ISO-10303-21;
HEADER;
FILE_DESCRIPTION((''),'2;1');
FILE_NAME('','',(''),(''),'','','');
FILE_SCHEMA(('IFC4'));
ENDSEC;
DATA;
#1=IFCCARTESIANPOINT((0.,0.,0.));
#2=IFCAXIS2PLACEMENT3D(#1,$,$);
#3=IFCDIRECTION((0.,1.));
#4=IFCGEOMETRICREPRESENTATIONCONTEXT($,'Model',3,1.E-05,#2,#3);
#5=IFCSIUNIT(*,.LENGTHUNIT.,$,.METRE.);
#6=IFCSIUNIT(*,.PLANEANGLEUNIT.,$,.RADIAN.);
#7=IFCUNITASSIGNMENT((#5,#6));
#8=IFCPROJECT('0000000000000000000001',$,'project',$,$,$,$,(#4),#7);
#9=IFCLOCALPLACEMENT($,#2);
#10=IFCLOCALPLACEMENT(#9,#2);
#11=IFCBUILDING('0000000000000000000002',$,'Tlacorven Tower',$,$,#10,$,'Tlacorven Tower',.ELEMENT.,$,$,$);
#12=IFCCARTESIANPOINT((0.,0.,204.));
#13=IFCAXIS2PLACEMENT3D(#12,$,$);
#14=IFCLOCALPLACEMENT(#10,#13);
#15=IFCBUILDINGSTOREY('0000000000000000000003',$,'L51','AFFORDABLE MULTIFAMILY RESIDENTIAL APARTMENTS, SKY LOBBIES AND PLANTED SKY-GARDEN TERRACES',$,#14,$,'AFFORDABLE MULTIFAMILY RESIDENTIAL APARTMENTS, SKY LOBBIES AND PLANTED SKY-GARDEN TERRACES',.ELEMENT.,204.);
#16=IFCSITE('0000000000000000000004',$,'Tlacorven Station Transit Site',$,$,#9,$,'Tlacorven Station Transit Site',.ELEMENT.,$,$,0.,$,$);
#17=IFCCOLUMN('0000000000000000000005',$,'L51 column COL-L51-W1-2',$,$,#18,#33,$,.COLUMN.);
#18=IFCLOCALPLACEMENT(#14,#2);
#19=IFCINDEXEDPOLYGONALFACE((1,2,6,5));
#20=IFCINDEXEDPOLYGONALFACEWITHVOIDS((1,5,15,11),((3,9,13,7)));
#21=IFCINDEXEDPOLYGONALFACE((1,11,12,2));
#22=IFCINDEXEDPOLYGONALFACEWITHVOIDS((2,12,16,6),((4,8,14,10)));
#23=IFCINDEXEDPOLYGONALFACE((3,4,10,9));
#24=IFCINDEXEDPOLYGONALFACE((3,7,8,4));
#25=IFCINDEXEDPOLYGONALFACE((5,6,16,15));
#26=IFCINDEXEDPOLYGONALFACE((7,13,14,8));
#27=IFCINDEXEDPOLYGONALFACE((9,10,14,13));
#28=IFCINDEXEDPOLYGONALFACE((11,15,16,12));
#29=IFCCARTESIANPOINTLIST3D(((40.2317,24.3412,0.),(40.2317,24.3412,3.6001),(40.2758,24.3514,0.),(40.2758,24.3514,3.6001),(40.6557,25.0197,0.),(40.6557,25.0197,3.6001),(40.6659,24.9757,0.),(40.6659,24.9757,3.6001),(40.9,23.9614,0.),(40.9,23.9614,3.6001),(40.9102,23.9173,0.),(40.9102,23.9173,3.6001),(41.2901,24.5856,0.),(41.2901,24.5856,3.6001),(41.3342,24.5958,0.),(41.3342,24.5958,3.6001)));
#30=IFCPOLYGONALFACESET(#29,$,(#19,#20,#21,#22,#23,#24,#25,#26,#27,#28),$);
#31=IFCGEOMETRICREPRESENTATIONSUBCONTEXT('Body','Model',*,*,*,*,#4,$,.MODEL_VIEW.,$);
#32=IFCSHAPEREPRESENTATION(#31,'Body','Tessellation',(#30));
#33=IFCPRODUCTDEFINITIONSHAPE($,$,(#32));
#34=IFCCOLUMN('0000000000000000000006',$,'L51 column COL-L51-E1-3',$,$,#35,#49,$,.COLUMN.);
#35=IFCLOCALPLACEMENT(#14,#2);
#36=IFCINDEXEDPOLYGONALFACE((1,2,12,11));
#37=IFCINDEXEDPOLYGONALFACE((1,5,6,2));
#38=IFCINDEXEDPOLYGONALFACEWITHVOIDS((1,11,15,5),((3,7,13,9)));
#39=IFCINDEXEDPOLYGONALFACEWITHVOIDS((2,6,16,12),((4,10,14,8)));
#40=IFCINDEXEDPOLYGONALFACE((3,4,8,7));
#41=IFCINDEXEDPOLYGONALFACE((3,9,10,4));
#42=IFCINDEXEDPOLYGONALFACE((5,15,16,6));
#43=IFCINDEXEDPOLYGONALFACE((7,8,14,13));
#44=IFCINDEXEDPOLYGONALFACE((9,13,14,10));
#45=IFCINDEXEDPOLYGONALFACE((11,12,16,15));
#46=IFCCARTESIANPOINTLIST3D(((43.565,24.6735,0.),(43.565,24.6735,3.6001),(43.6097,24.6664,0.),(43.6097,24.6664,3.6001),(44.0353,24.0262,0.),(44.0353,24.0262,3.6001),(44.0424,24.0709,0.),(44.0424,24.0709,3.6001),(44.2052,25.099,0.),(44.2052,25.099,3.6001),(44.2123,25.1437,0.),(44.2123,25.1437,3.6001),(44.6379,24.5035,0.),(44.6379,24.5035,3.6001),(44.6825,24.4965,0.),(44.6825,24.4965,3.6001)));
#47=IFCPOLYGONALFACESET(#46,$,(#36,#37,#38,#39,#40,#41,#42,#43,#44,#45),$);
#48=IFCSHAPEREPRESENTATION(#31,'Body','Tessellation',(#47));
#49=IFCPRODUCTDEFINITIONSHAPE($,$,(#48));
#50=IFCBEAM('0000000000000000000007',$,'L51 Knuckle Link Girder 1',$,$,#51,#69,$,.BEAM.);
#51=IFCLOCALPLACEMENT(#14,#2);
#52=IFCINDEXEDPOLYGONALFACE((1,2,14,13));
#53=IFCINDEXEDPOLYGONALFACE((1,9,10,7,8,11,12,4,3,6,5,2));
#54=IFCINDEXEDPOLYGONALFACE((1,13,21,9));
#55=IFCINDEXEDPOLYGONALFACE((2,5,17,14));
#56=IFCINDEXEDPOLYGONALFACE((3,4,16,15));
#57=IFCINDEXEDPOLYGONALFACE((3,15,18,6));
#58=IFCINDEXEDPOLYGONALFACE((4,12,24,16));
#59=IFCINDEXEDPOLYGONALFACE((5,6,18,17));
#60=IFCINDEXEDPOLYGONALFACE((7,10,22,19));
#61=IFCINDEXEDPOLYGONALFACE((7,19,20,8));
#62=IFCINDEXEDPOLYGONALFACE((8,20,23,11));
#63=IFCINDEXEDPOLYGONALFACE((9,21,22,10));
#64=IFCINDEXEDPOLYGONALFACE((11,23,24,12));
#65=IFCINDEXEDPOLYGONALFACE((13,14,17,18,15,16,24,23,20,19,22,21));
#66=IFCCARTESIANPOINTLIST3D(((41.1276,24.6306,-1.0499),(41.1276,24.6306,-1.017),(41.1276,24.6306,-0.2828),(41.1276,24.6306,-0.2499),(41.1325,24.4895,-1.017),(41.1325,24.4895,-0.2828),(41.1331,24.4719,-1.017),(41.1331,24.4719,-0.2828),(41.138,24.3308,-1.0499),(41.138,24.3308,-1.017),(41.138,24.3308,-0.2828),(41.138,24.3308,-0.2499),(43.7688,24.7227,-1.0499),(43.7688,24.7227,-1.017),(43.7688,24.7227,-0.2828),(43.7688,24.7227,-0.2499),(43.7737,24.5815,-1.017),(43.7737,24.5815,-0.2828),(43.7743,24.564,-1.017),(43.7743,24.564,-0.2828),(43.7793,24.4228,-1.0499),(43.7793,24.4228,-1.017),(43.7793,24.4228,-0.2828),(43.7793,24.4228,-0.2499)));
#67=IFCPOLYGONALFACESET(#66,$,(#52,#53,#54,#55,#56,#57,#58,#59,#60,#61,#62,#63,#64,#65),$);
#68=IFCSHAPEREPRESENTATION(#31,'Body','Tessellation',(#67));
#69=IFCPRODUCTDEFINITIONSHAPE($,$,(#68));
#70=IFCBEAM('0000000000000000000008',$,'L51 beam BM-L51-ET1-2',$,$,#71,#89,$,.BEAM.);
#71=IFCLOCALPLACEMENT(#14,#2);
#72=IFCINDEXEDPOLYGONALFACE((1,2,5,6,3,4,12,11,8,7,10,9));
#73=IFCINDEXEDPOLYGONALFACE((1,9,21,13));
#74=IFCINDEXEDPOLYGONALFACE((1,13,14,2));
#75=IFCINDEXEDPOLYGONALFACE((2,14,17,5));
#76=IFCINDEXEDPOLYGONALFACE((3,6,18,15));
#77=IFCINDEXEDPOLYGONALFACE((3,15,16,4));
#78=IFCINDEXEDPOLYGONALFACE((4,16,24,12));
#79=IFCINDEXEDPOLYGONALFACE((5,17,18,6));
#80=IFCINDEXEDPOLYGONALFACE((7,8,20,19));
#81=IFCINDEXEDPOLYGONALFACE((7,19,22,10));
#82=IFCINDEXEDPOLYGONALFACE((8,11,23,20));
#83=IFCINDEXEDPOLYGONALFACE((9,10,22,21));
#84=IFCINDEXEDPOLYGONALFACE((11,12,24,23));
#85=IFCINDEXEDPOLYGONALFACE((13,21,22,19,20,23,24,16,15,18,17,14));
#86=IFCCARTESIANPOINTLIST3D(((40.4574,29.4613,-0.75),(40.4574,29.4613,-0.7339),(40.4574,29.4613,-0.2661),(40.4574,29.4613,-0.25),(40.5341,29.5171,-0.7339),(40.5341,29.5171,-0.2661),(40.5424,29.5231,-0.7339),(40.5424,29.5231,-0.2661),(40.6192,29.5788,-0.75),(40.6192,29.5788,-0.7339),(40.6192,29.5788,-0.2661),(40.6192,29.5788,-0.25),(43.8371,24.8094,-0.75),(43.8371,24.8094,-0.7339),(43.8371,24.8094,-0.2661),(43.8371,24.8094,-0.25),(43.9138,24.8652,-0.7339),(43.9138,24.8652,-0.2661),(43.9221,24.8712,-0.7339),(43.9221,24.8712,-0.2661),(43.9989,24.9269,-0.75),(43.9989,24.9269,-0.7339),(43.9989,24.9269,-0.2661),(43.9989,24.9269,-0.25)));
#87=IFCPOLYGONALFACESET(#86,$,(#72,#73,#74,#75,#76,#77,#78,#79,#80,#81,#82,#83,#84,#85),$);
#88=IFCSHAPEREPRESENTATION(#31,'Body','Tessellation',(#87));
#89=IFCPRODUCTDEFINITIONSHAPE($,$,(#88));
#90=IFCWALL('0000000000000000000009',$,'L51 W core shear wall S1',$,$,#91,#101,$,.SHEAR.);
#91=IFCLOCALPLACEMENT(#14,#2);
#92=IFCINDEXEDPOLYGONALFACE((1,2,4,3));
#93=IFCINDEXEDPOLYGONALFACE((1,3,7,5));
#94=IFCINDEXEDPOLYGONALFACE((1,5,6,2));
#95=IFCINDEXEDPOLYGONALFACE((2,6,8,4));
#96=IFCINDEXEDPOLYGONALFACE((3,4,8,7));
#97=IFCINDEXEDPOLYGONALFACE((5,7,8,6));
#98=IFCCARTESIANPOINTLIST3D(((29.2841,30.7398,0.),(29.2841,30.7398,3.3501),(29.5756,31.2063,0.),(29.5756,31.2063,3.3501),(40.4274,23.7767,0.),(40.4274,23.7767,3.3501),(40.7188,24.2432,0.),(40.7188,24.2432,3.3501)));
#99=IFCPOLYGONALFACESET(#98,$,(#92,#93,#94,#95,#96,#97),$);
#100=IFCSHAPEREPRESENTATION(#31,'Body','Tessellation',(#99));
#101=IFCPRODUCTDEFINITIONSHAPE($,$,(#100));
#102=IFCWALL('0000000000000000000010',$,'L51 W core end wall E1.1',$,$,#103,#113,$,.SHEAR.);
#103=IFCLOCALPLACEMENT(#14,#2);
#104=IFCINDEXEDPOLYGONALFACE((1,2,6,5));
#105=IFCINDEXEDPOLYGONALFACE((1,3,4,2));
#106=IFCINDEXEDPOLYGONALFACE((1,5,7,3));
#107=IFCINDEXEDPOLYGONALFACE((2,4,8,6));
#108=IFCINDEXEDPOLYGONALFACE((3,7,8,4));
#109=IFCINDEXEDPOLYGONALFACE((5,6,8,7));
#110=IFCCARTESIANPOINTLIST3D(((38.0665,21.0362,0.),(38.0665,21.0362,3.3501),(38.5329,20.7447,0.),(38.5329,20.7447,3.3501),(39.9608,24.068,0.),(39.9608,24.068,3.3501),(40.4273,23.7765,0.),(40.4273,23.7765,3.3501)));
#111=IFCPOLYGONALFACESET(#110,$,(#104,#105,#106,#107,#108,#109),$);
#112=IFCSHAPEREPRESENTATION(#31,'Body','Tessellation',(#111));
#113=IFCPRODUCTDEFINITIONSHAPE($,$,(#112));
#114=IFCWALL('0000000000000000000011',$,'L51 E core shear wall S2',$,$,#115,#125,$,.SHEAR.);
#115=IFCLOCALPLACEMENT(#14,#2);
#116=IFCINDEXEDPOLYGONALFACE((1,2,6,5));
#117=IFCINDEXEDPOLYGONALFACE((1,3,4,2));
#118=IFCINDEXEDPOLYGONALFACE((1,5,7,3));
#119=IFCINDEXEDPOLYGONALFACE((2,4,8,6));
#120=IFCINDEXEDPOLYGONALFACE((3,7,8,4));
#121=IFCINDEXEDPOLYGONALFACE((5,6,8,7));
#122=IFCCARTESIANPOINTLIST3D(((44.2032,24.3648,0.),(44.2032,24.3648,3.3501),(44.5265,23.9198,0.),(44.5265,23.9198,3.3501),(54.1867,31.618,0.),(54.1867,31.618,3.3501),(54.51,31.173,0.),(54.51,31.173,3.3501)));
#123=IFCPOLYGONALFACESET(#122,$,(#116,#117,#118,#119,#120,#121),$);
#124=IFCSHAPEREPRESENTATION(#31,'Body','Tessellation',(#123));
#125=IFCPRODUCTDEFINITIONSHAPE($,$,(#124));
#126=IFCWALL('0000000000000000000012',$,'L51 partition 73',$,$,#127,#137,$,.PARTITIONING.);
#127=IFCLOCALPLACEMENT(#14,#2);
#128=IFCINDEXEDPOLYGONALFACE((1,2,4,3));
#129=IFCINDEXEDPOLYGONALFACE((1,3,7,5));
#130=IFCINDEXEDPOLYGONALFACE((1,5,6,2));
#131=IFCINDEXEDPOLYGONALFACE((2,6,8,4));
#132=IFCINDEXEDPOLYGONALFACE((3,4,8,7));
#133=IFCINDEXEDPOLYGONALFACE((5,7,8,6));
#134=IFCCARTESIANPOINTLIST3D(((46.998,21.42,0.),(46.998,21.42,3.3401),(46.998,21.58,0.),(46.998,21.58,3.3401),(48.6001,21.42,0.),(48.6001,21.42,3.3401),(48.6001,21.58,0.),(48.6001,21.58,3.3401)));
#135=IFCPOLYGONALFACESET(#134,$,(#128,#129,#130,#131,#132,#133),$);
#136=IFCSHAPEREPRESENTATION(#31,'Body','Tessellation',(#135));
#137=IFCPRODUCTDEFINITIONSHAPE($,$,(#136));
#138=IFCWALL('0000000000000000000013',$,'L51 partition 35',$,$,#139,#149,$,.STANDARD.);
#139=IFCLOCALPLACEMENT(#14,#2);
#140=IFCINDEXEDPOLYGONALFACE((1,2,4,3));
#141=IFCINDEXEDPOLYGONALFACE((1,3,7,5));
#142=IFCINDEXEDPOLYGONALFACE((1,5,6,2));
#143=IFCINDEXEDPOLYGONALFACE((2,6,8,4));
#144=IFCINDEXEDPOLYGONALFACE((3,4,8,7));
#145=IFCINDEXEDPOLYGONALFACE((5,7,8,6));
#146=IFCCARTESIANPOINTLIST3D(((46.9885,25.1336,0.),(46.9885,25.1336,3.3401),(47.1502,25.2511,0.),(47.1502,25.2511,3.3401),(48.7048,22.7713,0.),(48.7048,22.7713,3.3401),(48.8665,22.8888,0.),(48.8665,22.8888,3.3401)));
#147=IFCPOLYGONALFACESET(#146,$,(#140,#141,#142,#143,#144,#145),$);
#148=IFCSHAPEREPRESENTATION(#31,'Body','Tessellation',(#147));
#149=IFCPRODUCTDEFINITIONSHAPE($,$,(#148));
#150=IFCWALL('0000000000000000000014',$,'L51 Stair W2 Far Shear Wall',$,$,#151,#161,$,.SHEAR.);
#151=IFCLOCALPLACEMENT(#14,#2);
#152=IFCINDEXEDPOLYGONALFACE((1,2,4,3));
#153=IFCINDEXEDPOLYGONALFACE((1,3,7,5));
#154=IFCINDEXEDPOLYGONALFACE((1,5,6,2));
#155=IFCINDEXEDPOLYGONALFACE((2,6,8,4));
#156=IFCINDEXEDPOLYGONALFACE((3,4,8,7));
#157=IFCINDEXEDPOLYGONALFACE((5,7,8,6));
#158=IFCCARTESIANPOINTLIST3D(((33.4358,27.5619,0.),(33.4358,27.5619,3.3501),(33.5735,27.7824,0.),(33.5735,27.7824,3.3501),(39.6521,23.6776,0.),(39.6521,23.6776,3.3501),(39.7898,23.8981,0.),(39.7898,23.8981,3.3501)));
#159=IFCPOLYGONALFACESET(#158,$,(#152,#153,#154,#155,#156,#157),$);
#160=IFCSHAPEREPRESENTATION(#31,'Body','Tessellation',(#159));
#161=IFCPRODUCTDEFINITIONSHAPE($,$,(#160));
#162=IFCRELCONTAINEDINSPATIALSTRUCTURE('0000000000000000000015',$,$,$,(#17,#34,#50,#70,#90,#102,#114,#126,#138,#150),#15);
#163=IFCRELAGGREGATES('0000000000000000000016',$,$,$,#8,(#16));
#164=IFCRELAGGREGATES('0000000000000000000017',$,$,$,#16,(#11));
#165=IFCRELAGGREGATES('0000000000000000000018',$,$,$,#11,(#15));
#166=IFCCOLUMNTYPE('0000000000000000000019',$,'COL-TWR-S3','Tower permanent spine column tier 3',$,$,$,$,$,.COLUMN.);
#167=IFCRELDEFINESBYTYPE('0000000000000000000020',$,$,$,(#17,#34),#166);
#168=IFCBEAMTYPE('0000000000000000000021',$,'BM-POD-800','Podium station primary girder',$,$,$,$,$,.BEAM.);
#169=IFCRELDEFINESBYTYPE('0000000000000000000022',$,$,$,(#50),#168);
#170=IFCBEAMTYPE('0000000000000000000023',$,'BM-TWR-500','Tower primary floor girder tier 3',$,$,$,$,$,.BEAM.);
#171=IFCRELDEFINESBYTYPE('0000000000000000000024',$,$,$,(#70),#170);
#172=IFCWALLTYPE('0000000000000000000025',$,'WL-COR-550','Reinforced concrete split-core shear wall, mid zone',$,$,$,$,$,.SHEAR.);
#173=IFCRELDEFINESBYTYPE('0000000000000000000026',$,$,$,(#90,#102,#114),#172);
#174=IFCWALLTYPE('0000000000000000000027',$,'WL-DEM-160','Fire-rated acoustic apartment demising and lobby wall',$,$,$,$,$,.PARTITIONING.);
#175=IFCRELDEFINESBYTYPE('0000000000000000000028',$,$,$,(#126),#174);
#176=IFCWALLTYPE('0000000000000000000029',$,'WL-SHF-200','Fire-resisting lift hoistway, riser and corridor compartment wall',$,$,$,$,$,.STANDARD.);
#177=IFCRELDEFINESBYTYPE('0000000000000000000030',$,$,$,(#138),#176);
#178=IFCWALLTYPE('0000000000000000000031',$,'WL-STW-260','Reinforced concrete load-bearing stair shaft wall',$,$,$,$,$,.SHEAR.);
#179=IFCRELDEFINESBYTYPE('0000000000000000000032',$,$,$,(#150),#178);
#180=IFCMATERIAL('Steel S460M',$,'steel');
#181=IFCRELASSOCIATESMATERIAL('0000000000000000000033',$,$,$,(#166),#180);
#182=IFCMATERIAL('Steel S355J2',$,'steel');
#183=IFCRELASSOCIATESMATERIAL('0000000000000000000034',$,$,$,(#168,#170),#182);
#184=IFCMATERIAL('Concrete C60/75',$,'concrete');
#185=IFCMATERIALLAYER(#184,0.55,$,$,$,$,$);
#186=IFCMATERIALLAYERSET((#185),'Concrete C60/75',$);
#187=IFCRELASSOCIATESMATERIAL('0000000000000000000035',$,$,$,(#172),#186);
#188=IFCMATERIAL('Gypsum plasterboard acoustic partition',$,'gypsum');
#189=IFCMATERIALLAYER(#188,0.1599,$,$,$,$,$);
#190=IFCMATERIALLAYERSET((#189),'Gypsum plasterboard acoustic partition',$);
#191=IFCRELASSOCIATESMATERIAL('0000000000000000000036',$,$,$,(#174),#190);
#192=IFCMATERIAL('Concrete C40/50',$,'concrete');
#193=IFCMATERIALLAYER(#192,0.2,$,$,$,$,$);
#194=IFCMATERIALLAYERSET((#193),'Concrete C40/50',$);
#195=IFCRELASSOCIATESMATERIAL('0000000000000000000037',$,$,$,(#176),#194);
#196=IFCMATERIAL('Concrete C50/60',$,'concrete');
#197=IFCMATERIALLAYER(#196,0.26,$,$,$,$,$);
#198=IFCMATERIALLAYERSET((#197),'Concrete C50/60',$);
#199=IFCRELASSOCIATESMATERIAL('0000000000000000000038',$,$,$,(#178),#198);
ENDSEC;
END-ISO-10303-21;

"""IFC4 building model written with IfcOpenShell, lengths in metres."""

from ifc_helpers import new_model, si_unit, direction, frame, frame_2d, origin, origin_2d, place, context, subcontext, project, spatial, rectangle, hollow_rectangle, i_section, extrude, source, transform, mapped, material, layer, layer_set, material_profile, profile_set, type_object, element, save


model = new_model("IFC4")

# Units and contexts
model_context = context("Model", 3, precision=1e-05, world=origin(), true_north=direction((0.0, 1.0)))
body_context = subcontext(model_context, "Body", "Model", "MODEL_VIEW")
ifc_project = project(units=[si_unit("LENGTHUNIT", "METRE"), si_unit("PLANEANGLEUNIT", "RADIAN")], contexts=[model_context])

# Site, building, storey
site_placement = place(None, origin())
site = spatial("IfcSite", under=ifc_project, at=site_placement, Name="Tlacorven Station Transit Site", LongName="Tlacorven Station Transit Site", CompositionType="ELEMENT", RefElevation=0.0)
building_placement = place(site_placement, origin())
building = spatial("IfcBuilding", under=site, at=building_placement, Name="Tlacorven Tower", LongName="Tlacorven Tower", CompositionType="ELEMENT")
storey_placement = place(building_placement, frame((0.0, 0.0, 204.0)))
storey = spatial("IfcBuildingStorey", under=building, at=storey_placement, Name="L51", Description="AFFORDABLE MULTIFAMILY RESIDENTIAL APARTMENTS, SKY LOBBIES AND PLANTED SKY-GARDEN TERRACES", LongName="AFFORDABLE MULTIFAMILY RESIDENTIAL APARTMENTS, SKY LOBBIES AND PLANTED SKY-GARDEN TERRACES", CompositionType="ELEMENT", Elevation=204.0)

# Columns
ifc_material_1 = material(Name="Steel S460M", Category="steel")
ifc_material_profile_1 = material_profile(ifc_material_1, hollow_rectangle(XDim=0.8, YDim=0.8, WallThickness=0.032, at=origin_2d()), Name="BOX 800X800X32")
ifc_profile_set_1 = profile_set([ifc_material_profile_1], Name="Steel S460M")
column_type = type_object("IfcColumnType", Name="COL-TWR-S3", Description="Tower permanent spine column tier 3", PredefinedType="COLUMN", material=ifc_profile_set_1)
shared_shape_1 = source(origin(), body_context, "Body", "SweptSolid", [
    extrude(hollow_rectangle(XDim=0.8, YDim=0.8, WallThickness=0.032, at=origin_2d()), origin(), (0.0, 0.0, 1.0), 3.6001),
])
for number, where, z_axis, x_axis, name in (
    (1, (40.783, 24.4685, 0.0), (0.0, 0.0, 1.0), (-0.848048, 0.529919, 0.0), "L51 column COL-L51-W1-2"),
    (2, (44.1238, 24.585, 0.0), (0.0, 0.0, 1.0), (0.809017, 0.587785, 0.0), "L51 column COL-L51-E1-3"),
):
    element("IfcColumn", number, at=place(storey_placement, frame(where, z_axis=z_axis, x_axis=x_axis)), inside=storey, type_object=column_type, Name=name, PredefinedType="COLUMN", context=body_context, shape_type="MappedRepresentation", body=[
        mapped(shared_shape_1, transform((0.0, 0.0, 0.0), scale=1.0)),
    ])

# Beams
ifc_material_2 = material(Name="Steel S355J2", Category="steel")
ifc_material_profile_2 = material_profile(ifc_material_2, i_section(OverallWidth=0.3, OverallDepth=0.8, WebThickness=0.0176, FlangeThickness=0.033, at=origin_2d()), Name="HEB 800")
ifc_profile_set_2 = profile_set([ifc_material_profile_2], Name="Steel S355J2")
beam_type_1 = type_object("IfcBeamType", Name="BM-POD-800", Description="Podium station primary girder", PredefinedType="BEAM", material=ifc_profile_set_2)
shared_shape_2 = source(origin(), body_context, "Body", "SweptSolid", [
    extrude(i_section(OverallWidth=0.3, OverallDepth=0.8, WebThickness=0.0176, FlangeThickness=0.033, at=origin_2d()), origin(), (0.0, 0.0, 1.0), 2.6428),
])
beam_1_placement = place(storey_placement, frame((41.1328, 24.4807, -0.6499), z_axis=(0.999393, 0.034828, 0.0), x_axis=(-0.034828, 0.999393, 0.0)))
element("IfcBeam", 3, at=beam_1_placement, inside=storey, type_object=beam_type_1, Name="L51 Knuckle Link Girder 1", PredefinedType="BEAM", context=body_context, shape_type="MappedRepresentation", body=[
    mapped(shared_shape_2, transform((0.0, 0.0, 0.0), scale=1.0)),
])
ifc_material_profile_3 = material_profile(ifc_material_2, i_section(OverallWidth=0.2, OverallDepth=0.5, WebThickness=0.0103, FlangeThickness=0.0161, at=origin_2d()), Name="IPE 500")
ifc_profile_set_3 = profile_set([ifc_material_profile_3], Name="Steel S355J2")
beam_type_2 = type_object("IfcBeamType", Name="BM-TWR-500", Description="Tower primary floor girder tier 3", PredefinedType="BEAM", material=ifc_profile_set_3)
shared_shape_3 = source(origin(), body_context, "Body", "SweptSolid", [
    extrude(i_section(OverallWidth=0.2, OverallDepth=0.5, WebThickness=0.0103, FlangeThickness=0.0161, at=origin_2d()), origin(), (0.0, 0.0, 1.0), 5.75),
])
beam_2_placement = place(storey_placement, frame((43.918, 24.8682, -0.5), z_axis=(-0.58777, 0.809028, 0.0), x_axis=(-0.809028, -0.58777, 0.0)))
element("IfcBeam", 4, at=beam_2_placement, inside=storey, type_object=beam_type_2, Name="L51 beam BM-L51-ET1-2", PredefinedType="BEAM", context=body_context, shape_type="MappedRepresentation", body=[
    mapped(shared_shape_3, transform((0.0, 0.0, 0.0), scale=1.0)),
])

# Walls
ifc_material_3 = material(Name="Concrete C60/75", Category="concrete")
ifc_layer_1 = layer(ifc_material_3, 0.55)
ifc_layer_set_1 = layer_set([ifc_layer_1], Name="Concrete C60/75")
wall_type_1 = type_object("IfcWallType", Name="WL-COR-550", Description="Reinforced concrete split-core shear wall, mid zone", PredefinedType="SHEAR", material=ifc_layer_set_1)
wall_1_placement = place(storey_placement, frame((40.573, 24.01, 0.0), z_axis=(0.0, 0.0, 1.0), x_axis=(-0.848047, 0.52992, 0.0)))
element("IfcWall", 5, at=wall_1_placement, inside=storey, type_object=wall_type_1, Name="L51 W core shear wall S1", PredefinedType="SHEAR", context=body_context, shape_type="SweptSolid", body=[
    extrude(rectangle(XDim=13.1399, YDim=0.55, at=frame_2d((6.5698, 0.0))), origin(), (0.0, 0.0, 1.0), 3.3501),
])
wall_2_placement = place(storey_placement, frame((40.1941, 23.9224, 0.0), z_axis=(0.0, 0.0, 1.0), x_axis=(-0.529888, -0.848067, 0.0)))
element("IfcWall", 6, at=wall_2_placement, inside=storey, type_object=wall_type_1, Name="L51 W core end wall E1.1", PredefinedType="SHEAR", context=body_context, shape_type="SweptSolid", body=[
    extrude(rectangle(XDim=3.575, YDim=0.55, at=frame_2d((1.7876, 0.0))), origin(), (0.0, 0.0, 1.0), 3.3501),
])
wall_3_placement = place(storey_placement, frame((44.365, 24.1423, 0.0), z_axis=(0.0, 0.0, 1.0), x_axis=(0.809024, 0.587775, 0.0)))
element("IfcWall", 7, at=wall_3_placement, inside=storey, type_object=wall_type_1, Name="L51 E core shear wall S2", PredefinedType="SHEAR", context=body_context, shape_type="SweptSolid", body=[
    extrude(rectangle(XDim=12.3401, YDim=0.55, at=frame_2d((6.1699, 0.0))), origin(), (0.0, 0.0, 1.0), 3.3501),
])
ifc_material_4 = material(Name="Gypsum plasterboard acoustic partition", Category="gypsum")
ifc_layer_2 = layer(ifc_material_4, 0.1599)
ifc_layer_set_2 = layer_set([ifc_layer_2], Name="Gypsum plasterboard acoustic partition")
wall_type_2 = type_object("IfcWallType", Name="WL-DEM-160", Description="Fire-rated acoustic apartment demising and lobby wall", PredefinedType="PARTITIONING", material=ifc_layer_set_2)
wall_4_placement = place(storey_placement, frame((46.998, 21.5, 0.0), z_axis=(0.0, 0.0, 1.0), x_axis=(1.0, 0.0, 0.0)))
element("IfcWall", 8, at=wall_4_placement, inside=storey, type_object=wall_type_2, Name="L51 partition 73", PredefinedType="PARTITIONING", context=body_context, shape_type="SweptSolid", body=[
    extrude(rectangle(XDim=1.6021, YDim=0.1599, at=frame_2d((0.801, 0.0))), origin(), (0.0, 0.0, 1.0), 3.3401),
])
ifc_material_5 = material(Name="Concrete C40/50", Category="concrete")
ifc_layer_3 = layer(ifc_material_5, 0.2)
ifc_layer_set_3 = layer_set([ifc_layer_3], Name="Concrete C40/50")
wall_type_3 = type_object("IfcWallType", Name="WL-SHF-200", Description="Fire-resisting lift hoistway, riser and corridor compartment wall", PredefinedType="STANDARD", material=ifc_layer_set_3)
wall_5_placement = place(storey_placement, frame((48.7856, 22.8301, 0.0), z_axis=(0.0, 0.0, 1.0), x_axis=(-0.587784, 0.809018, 0.0)))
element("IfcWall", 9, at=wall_5_placement, inside=storey, type_object=wall_type_3, Name="L51 partition 35", PredefinedType="STANDARD", context=body_context, shape_type="SweptSolid", body=[
    extrude(rectangle(XDim=2.9199, YDim=0.2, at=frame_2d((1.46, 0.0))), origin(), (0.0, 0.0, 1.0), 3.3401),
])
ifc_material_6 = material(Name="Concrete C50/60", Category="concrete")
ifc_layer_4 = layer(ifc_material_6, 0.26)
ifc_layer_set_4 = layer_set([ifc_layer_4], Name="Concrete C50/60")
wall_type_4 = type_object("IfcWallType", Name="WL-STW-260", Description="Reinforced concrete load-bearing stair shaft wall", PredefinedType="SHEAR", material=ifc_layer_set_4)
wall_6_placement = place(storey_placement, frame((39.7209, 23.7878, 0.0), z_axis=(0.0, 0.0, 1.0), x_axis=(-0.848054, 0.529909, 0.0)))
element("IfcWall", 10, at=wall_6_placement, inside=storey, type_object=wall_type_4, Name="L51 Stair W2 Far Shear Wall", PredefinedType="SHEAR", context=body_context, shape_type="SweptSolid", body=[
    extrude(rectangle(XDim=7.3301, YDim=0.26, at=frame_2d((3.665, 0.0))), origin(), (0.0, 0.0, 1.0), 3.3501),
])

save(model, "model.ifc")
